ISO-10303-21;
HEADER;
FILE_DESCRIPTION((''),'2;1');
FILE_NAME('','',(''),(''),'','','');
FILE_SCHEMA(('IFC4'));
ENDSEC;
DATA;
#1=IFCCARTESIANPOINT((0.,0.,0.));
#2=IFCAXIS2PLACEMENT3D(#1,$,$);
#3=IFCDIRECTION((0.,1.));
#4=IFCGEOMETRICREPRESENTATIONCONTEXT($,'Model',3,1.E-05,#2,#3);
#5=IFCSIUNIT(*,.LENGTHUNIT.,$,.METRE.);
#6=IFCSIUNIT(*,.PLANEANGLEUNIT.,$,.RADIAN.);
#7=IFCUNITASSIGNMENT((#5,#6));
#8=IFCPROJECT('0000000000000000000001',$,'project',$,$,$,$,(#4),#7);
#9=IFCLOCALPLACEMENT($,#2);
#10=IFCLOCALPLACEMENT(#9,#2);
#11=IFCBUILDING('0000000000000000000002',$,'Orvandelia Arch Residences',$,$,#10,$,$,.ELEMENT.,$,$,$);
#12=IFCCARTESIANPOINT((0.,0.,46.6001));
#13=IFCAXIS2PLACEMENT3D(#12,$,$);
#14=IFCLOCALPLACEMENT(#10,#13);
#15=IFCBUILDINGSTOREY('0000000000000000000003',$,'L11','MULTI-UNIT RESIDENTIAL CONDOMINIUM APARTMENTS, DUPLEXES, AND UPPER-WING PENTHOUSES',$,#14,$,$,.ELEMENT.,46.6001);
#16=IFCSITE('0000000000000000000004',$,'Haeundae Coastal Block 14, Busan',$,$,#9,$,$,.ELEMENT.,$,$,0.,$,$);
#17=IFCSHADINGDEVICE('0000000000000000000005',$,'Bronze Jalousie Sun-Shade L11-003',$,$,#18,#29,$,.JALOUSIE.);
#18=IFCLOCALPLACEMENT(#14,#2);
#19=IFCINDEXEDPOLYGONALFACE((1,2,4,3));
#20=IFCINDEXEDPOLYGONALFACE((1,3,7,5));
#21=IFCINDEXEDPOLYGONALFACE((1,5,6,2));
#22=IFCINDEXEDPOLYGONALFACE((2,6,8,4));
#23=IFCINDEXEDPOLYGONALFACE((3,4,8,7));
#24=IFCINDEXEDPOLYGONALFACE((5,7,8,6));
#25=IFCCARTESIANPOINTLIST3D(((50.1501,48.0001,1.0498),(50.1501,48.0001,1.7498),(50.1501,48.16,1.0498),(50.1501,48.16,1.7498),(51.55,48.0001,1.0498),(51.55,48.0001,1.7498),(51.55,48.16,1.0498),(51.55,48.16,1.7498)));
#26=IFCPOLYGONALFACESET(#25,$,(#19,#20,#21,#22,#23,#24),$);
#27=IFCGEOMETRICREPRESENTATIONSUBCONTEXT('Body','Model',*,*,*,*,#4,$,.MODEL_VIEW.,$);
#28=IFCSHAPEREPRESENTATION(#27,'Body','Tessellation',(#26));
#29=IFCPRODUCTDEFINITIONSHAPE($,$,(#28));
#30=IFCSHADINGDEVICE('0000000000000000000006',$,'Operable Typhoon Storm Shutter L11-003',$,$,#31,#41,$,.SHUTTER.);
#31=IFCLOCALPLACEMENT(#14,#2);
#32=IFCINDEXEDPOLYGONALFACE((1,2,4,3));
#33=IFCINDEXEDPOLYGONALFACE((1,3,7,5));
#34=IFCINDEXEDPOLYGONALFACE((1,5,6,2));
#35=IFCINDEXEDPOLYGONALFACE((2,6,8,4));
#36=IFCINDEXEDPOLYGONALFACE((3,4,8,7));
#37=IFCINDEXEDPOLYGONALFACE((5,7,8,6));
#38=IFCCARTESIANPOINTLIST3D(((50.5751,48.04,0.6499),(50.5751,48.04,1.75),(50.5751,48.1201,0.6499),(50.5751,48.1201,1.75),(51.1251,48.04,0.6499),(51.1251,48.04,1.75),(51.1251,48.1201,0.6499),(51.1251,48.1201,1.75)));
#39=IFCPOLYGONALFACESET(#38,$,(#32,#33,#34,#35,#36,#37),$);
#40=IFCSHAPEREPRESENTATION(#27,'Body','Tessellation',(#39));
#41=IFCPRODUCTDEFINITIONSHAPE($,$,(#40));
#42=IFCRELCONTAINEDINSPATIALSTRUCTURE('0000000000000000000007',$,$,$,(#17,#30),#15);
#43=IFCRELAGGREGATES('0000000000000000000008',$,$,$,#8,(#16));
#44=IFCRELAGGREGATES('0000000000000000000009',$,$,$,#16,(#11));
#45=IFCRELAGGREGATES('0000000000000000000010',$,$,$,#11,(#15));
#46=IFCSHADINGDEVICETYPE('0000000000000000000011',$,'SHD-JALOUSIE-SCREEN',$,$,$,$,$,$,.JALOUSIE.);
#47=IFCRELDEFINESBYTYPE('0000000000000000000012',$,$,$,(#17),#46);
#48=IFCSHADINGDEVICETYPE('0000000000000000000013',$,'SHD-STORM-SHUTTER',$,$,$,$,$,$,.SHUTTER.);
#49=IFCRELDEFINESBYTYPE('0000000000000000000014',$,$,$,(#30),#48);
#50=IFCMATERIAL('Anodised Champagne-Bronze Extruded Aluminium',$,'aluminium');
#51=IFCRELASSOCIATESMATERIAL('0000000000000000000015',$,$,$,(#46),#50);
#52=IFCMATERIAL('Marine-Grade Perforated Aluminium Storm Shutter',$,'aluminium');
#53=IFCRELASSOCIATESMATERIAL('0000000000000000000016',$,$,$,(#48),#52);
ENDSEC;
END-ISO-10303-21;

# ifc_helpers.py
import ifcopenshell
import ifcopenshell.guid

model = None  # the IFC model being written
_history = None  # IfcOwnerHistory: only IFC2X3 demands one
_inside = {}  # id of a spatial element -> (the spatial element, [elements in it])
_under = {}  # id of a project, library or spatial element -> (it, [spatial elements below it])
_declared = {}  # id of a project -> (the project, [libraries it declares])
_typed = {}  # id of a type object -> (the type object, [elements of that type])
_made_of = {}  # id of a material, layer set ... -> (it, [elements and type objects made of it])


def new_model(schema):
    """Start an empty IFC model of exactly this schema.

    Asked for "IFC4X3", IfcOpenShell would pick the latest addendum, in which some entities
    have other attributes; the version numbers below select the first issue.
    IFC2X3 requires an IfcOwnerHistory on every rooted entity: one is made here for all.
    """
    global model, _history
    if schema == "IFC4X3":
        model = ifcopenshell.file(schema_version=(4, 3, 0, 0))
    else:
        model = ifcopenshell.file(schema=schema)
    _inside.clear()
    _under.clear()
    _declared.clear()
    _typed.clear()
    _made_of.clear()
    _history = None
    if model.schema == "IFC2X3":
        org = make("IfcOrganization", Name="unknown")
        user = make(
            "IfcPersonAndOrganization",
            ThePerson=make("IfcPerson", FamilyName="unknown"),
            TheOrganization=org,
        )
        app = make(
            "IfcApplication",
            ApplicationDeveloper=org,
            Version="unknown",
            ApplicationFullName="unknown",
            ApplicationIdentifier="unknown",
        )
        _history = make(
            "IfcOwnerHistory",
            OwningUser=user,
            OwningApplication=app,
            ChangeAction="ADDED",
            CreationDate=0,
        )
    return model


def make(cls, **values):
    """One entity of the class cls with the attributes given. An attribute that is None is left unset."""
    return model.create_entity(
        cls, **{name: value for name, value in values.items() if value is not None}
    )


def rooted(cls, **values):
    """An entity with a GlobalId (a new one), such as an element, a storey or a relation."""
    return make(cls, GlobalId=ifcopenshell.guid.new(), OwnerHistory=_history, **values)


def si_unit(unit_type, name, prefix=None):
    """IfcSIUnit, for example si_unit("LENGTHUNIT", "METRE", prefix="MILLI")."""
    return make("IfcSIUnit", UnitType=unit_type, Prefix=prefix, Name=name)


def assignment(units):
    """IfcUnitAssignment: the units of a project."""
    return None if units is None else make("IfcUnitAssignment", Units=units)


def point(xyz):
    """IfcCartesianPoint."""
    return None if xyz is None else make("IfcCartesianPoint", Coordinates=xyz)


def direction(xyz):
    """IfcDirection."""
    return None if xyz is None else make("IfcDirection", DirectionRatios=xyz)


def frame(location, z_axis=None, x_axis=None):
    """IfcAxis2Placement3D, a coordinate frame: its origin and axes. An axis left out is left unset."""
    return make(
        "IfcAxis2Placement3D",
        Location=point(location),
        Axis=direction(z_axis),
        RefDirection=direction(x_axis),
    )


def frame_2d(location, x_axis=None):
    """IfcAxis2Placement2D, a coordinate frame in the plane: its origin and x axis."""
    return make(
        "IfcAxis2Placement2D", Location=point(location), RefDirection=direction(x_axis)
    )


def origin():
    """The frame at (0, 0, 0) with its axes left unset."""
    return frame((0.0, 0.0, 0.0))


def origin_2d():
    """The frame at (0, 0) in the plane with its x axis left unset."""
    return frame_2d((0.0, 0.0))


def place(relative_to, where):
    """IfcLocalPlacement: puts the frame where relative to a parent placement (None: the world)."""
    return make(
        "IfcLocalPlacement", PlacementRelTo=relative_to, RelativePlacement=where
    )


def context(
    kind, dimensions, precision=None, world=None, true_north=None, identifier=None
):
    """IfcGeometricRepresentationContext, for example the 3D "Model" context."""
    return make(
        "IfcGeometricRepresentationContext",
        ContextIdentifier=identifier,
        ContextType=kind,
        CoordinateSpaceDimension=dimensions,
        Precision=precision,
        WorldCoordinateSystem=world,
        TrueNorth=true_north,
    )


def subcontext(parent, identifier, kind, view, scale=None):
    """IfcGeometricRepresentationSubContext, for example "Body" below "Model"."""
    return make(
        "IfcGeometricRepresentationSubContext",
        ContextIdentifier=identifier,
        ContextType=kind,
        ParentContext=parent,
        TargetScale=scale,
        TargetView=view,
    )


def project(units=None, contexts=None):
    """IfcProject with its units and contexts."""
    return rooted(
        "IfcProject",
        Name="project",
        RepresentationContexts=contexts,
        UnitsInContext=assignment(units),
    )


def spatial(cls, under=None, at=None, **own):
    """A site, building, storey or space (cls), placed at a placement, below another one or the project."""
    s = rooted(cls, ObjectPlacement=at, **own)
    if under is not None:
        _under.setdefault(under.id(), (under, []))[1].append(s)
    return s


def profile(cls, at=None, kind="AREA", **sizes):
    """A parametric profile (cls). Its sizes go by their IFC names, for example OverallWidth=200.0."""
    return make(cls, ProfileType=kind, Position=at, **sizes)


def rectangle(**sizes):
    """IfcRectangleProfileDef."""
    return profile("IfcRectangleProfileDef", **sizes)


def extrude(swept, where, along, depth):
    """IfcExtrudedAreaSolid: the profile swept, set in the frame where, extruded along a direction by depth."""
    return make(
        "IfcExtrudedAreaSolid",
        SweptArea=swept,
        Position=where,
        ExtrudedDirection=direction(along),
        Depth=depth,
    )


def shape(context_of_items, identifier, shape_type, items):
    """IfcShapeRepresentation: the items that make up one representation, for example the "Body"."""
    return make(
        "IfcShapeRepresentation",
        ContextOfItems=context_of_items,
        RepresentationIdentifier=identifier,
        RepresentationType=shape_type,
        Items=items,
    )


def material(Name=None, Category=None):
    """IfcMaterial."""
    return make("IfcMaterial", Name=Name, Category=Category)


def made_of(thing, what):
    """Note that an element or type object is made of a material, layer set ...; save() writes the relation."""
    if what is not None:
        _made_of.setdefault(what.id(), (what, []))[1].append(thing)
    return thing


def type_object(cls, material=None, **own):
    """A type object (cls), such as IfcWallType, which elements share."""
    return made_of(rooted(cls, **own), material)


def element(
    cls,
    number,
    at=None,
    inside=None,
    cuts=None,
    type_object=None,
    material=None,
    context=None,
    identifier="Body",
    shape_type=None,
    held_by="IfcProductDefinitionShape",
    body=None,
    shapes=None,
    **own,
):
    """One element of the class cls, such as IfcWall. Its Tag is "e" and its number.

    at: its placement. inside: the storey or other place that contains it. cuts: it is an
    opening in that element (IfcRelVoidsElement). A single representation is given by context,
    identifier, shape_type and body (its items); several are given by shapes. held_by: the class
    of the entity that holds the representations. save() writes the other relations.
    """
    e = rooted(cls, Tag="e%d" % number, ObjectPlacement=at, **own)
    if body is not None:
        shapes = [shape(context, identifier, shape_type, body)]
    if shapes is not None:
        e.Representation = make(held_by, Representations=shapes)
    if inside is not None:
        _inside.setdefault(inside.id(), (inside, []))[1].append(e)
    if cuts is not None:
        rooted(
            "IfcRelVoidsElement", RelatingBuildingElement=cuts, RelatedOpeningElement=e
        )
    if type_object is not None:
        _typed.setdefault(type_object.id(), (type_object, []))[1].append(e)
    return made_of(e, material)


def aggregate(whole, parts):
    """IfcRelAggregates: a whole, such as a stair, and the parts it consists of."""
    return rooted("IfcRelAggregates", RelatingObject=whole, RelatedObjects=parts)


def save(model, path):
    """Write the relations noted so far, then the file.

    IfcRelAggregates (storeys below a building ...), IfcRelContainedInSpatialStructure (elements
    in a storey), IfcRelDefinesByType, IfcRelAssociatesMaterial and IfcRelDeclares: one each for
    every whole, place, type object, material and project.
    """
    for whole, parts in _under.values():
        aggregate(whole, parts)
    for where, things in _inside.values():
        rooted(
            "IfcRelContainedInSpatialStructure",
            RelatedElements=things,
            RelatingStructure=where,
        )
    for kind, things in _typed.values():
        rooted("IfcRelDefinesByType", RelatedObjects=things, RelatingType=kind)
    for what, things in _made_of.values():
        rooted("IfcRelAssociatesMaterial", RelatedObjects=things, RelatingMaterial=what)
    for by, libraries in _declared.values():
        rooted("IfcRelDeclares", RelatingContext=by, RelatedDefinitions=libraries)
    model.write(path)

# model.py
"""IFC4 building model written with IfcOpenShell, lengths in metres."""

from ifc_helpers import new_model, si_unit, direction, frame, origin, origin_2d, place, context, subcontext, project, spatial, rectangle, extrude, material, type_object, element, save


model = new_model("IFC4")

# Units and contexts
model_context = context("Model", 3, precision=1e-05, world=origin(), true_north=direction((0.0, 1.0)))
body_context = subcontext(model_context, "Body", "Model", "MODEL_VIEW")
ifc_project = project(units=[si_unit("LENGTHUNIT", "METRE"), si_unit("PLANEANGLEUNIT", "RADIAN")], contexts=[model_context])

# Site, building, storey
site_placement = place(None, origin())
site = spatial("IfcSite", under=ifc_project, at=site_placement, Name="Haeundae Coastal Block 14, Busan", CompositionType="ELEMENT", RefElevation=0.0)
building_placement = place(site_placement, origin())
building = spatial("IfcBuilding", under=site, at=building_placement, Name="Orvandelia Arch Residences", CompositionType="ELEMENT")
storey_placement = place(building_placement, frame((0.0, 0.0, 46.6001)))
storey = spatial("IfcBuildingStorey", under=building, at=storey_placement, Name="L11", Description="MULTI-UNIT RESIDENTIAL CONDOMINIUM APARTMENTS, DUPLEXES, AND UPPER-WING PENTHOUSES", CompositionType="ELEMENT", Elevation=46.6001)

# Shading devices
ifc_material_1 = material(Name="Anodised Champagne-Bronze Extruded Aluminium", Category="aluminium")
shading_device_type_1 = type_object("IfcShadingDeviceType", Name="SHD-JALOUSIE-SCREEN", PredefinedType="JALOUSIE", material=ifc_material_1)
shading_device_1_placement = place(storey_placement, frame((50.8501, 48.0801, 1.0498), z_axis=(0.0, 0.0, 1.0), x_axis=(1.0, 0.0, 0.0)))
element("IfcShadingDevice", 1, at=shading_device_1_placement, inside=storey, type_object=shading_device_type_1, Name="Bronze Jalousie Sun-Shade L11-003", PredefinedType="JALOUSIE", context=body_context, shape_type="SweptSolid", body=[
    extrude(rectangle(XDim=1.3999, YDim=0.1599, at=origin_2d()), origin(), (0.0, 0.0, 1.0), 0.7),
])
ifc_material_2 = material(Name="Marine-Grade Perforated Aluminium Storm Shutter", Category="aluminium")
shading_device_type_2 = type_object("IfcShadingDeviceType", Name="SHD-STORM-SHUTTER", PredefinedType="SHUTTER", material=ifc_material_2)
shading_device_2_placement = place(storey_placement, frame((50.8501, 48.0801, 0.6499), z_axis=(0.0, 0.0, 1.0), x_axis=(1.0, 0.0, 0.0)))
element("IfcShadingDevice", 2, at=shading_device_2_placement, inside=storey, type_object=shading_device_type_2, Name="Operable Typhoon Storm Shutter L11-003", PredefinedType="SHUTTER", context=body_context, shape_type="SweptSolid", body=[
    extrude(rectangle(XDim=0.55, YDim=0.0801, at=origin_2d()), origin(), (0.0, 0.0, 1.0), 1.1001),
])

save(model, "model.ifc")
